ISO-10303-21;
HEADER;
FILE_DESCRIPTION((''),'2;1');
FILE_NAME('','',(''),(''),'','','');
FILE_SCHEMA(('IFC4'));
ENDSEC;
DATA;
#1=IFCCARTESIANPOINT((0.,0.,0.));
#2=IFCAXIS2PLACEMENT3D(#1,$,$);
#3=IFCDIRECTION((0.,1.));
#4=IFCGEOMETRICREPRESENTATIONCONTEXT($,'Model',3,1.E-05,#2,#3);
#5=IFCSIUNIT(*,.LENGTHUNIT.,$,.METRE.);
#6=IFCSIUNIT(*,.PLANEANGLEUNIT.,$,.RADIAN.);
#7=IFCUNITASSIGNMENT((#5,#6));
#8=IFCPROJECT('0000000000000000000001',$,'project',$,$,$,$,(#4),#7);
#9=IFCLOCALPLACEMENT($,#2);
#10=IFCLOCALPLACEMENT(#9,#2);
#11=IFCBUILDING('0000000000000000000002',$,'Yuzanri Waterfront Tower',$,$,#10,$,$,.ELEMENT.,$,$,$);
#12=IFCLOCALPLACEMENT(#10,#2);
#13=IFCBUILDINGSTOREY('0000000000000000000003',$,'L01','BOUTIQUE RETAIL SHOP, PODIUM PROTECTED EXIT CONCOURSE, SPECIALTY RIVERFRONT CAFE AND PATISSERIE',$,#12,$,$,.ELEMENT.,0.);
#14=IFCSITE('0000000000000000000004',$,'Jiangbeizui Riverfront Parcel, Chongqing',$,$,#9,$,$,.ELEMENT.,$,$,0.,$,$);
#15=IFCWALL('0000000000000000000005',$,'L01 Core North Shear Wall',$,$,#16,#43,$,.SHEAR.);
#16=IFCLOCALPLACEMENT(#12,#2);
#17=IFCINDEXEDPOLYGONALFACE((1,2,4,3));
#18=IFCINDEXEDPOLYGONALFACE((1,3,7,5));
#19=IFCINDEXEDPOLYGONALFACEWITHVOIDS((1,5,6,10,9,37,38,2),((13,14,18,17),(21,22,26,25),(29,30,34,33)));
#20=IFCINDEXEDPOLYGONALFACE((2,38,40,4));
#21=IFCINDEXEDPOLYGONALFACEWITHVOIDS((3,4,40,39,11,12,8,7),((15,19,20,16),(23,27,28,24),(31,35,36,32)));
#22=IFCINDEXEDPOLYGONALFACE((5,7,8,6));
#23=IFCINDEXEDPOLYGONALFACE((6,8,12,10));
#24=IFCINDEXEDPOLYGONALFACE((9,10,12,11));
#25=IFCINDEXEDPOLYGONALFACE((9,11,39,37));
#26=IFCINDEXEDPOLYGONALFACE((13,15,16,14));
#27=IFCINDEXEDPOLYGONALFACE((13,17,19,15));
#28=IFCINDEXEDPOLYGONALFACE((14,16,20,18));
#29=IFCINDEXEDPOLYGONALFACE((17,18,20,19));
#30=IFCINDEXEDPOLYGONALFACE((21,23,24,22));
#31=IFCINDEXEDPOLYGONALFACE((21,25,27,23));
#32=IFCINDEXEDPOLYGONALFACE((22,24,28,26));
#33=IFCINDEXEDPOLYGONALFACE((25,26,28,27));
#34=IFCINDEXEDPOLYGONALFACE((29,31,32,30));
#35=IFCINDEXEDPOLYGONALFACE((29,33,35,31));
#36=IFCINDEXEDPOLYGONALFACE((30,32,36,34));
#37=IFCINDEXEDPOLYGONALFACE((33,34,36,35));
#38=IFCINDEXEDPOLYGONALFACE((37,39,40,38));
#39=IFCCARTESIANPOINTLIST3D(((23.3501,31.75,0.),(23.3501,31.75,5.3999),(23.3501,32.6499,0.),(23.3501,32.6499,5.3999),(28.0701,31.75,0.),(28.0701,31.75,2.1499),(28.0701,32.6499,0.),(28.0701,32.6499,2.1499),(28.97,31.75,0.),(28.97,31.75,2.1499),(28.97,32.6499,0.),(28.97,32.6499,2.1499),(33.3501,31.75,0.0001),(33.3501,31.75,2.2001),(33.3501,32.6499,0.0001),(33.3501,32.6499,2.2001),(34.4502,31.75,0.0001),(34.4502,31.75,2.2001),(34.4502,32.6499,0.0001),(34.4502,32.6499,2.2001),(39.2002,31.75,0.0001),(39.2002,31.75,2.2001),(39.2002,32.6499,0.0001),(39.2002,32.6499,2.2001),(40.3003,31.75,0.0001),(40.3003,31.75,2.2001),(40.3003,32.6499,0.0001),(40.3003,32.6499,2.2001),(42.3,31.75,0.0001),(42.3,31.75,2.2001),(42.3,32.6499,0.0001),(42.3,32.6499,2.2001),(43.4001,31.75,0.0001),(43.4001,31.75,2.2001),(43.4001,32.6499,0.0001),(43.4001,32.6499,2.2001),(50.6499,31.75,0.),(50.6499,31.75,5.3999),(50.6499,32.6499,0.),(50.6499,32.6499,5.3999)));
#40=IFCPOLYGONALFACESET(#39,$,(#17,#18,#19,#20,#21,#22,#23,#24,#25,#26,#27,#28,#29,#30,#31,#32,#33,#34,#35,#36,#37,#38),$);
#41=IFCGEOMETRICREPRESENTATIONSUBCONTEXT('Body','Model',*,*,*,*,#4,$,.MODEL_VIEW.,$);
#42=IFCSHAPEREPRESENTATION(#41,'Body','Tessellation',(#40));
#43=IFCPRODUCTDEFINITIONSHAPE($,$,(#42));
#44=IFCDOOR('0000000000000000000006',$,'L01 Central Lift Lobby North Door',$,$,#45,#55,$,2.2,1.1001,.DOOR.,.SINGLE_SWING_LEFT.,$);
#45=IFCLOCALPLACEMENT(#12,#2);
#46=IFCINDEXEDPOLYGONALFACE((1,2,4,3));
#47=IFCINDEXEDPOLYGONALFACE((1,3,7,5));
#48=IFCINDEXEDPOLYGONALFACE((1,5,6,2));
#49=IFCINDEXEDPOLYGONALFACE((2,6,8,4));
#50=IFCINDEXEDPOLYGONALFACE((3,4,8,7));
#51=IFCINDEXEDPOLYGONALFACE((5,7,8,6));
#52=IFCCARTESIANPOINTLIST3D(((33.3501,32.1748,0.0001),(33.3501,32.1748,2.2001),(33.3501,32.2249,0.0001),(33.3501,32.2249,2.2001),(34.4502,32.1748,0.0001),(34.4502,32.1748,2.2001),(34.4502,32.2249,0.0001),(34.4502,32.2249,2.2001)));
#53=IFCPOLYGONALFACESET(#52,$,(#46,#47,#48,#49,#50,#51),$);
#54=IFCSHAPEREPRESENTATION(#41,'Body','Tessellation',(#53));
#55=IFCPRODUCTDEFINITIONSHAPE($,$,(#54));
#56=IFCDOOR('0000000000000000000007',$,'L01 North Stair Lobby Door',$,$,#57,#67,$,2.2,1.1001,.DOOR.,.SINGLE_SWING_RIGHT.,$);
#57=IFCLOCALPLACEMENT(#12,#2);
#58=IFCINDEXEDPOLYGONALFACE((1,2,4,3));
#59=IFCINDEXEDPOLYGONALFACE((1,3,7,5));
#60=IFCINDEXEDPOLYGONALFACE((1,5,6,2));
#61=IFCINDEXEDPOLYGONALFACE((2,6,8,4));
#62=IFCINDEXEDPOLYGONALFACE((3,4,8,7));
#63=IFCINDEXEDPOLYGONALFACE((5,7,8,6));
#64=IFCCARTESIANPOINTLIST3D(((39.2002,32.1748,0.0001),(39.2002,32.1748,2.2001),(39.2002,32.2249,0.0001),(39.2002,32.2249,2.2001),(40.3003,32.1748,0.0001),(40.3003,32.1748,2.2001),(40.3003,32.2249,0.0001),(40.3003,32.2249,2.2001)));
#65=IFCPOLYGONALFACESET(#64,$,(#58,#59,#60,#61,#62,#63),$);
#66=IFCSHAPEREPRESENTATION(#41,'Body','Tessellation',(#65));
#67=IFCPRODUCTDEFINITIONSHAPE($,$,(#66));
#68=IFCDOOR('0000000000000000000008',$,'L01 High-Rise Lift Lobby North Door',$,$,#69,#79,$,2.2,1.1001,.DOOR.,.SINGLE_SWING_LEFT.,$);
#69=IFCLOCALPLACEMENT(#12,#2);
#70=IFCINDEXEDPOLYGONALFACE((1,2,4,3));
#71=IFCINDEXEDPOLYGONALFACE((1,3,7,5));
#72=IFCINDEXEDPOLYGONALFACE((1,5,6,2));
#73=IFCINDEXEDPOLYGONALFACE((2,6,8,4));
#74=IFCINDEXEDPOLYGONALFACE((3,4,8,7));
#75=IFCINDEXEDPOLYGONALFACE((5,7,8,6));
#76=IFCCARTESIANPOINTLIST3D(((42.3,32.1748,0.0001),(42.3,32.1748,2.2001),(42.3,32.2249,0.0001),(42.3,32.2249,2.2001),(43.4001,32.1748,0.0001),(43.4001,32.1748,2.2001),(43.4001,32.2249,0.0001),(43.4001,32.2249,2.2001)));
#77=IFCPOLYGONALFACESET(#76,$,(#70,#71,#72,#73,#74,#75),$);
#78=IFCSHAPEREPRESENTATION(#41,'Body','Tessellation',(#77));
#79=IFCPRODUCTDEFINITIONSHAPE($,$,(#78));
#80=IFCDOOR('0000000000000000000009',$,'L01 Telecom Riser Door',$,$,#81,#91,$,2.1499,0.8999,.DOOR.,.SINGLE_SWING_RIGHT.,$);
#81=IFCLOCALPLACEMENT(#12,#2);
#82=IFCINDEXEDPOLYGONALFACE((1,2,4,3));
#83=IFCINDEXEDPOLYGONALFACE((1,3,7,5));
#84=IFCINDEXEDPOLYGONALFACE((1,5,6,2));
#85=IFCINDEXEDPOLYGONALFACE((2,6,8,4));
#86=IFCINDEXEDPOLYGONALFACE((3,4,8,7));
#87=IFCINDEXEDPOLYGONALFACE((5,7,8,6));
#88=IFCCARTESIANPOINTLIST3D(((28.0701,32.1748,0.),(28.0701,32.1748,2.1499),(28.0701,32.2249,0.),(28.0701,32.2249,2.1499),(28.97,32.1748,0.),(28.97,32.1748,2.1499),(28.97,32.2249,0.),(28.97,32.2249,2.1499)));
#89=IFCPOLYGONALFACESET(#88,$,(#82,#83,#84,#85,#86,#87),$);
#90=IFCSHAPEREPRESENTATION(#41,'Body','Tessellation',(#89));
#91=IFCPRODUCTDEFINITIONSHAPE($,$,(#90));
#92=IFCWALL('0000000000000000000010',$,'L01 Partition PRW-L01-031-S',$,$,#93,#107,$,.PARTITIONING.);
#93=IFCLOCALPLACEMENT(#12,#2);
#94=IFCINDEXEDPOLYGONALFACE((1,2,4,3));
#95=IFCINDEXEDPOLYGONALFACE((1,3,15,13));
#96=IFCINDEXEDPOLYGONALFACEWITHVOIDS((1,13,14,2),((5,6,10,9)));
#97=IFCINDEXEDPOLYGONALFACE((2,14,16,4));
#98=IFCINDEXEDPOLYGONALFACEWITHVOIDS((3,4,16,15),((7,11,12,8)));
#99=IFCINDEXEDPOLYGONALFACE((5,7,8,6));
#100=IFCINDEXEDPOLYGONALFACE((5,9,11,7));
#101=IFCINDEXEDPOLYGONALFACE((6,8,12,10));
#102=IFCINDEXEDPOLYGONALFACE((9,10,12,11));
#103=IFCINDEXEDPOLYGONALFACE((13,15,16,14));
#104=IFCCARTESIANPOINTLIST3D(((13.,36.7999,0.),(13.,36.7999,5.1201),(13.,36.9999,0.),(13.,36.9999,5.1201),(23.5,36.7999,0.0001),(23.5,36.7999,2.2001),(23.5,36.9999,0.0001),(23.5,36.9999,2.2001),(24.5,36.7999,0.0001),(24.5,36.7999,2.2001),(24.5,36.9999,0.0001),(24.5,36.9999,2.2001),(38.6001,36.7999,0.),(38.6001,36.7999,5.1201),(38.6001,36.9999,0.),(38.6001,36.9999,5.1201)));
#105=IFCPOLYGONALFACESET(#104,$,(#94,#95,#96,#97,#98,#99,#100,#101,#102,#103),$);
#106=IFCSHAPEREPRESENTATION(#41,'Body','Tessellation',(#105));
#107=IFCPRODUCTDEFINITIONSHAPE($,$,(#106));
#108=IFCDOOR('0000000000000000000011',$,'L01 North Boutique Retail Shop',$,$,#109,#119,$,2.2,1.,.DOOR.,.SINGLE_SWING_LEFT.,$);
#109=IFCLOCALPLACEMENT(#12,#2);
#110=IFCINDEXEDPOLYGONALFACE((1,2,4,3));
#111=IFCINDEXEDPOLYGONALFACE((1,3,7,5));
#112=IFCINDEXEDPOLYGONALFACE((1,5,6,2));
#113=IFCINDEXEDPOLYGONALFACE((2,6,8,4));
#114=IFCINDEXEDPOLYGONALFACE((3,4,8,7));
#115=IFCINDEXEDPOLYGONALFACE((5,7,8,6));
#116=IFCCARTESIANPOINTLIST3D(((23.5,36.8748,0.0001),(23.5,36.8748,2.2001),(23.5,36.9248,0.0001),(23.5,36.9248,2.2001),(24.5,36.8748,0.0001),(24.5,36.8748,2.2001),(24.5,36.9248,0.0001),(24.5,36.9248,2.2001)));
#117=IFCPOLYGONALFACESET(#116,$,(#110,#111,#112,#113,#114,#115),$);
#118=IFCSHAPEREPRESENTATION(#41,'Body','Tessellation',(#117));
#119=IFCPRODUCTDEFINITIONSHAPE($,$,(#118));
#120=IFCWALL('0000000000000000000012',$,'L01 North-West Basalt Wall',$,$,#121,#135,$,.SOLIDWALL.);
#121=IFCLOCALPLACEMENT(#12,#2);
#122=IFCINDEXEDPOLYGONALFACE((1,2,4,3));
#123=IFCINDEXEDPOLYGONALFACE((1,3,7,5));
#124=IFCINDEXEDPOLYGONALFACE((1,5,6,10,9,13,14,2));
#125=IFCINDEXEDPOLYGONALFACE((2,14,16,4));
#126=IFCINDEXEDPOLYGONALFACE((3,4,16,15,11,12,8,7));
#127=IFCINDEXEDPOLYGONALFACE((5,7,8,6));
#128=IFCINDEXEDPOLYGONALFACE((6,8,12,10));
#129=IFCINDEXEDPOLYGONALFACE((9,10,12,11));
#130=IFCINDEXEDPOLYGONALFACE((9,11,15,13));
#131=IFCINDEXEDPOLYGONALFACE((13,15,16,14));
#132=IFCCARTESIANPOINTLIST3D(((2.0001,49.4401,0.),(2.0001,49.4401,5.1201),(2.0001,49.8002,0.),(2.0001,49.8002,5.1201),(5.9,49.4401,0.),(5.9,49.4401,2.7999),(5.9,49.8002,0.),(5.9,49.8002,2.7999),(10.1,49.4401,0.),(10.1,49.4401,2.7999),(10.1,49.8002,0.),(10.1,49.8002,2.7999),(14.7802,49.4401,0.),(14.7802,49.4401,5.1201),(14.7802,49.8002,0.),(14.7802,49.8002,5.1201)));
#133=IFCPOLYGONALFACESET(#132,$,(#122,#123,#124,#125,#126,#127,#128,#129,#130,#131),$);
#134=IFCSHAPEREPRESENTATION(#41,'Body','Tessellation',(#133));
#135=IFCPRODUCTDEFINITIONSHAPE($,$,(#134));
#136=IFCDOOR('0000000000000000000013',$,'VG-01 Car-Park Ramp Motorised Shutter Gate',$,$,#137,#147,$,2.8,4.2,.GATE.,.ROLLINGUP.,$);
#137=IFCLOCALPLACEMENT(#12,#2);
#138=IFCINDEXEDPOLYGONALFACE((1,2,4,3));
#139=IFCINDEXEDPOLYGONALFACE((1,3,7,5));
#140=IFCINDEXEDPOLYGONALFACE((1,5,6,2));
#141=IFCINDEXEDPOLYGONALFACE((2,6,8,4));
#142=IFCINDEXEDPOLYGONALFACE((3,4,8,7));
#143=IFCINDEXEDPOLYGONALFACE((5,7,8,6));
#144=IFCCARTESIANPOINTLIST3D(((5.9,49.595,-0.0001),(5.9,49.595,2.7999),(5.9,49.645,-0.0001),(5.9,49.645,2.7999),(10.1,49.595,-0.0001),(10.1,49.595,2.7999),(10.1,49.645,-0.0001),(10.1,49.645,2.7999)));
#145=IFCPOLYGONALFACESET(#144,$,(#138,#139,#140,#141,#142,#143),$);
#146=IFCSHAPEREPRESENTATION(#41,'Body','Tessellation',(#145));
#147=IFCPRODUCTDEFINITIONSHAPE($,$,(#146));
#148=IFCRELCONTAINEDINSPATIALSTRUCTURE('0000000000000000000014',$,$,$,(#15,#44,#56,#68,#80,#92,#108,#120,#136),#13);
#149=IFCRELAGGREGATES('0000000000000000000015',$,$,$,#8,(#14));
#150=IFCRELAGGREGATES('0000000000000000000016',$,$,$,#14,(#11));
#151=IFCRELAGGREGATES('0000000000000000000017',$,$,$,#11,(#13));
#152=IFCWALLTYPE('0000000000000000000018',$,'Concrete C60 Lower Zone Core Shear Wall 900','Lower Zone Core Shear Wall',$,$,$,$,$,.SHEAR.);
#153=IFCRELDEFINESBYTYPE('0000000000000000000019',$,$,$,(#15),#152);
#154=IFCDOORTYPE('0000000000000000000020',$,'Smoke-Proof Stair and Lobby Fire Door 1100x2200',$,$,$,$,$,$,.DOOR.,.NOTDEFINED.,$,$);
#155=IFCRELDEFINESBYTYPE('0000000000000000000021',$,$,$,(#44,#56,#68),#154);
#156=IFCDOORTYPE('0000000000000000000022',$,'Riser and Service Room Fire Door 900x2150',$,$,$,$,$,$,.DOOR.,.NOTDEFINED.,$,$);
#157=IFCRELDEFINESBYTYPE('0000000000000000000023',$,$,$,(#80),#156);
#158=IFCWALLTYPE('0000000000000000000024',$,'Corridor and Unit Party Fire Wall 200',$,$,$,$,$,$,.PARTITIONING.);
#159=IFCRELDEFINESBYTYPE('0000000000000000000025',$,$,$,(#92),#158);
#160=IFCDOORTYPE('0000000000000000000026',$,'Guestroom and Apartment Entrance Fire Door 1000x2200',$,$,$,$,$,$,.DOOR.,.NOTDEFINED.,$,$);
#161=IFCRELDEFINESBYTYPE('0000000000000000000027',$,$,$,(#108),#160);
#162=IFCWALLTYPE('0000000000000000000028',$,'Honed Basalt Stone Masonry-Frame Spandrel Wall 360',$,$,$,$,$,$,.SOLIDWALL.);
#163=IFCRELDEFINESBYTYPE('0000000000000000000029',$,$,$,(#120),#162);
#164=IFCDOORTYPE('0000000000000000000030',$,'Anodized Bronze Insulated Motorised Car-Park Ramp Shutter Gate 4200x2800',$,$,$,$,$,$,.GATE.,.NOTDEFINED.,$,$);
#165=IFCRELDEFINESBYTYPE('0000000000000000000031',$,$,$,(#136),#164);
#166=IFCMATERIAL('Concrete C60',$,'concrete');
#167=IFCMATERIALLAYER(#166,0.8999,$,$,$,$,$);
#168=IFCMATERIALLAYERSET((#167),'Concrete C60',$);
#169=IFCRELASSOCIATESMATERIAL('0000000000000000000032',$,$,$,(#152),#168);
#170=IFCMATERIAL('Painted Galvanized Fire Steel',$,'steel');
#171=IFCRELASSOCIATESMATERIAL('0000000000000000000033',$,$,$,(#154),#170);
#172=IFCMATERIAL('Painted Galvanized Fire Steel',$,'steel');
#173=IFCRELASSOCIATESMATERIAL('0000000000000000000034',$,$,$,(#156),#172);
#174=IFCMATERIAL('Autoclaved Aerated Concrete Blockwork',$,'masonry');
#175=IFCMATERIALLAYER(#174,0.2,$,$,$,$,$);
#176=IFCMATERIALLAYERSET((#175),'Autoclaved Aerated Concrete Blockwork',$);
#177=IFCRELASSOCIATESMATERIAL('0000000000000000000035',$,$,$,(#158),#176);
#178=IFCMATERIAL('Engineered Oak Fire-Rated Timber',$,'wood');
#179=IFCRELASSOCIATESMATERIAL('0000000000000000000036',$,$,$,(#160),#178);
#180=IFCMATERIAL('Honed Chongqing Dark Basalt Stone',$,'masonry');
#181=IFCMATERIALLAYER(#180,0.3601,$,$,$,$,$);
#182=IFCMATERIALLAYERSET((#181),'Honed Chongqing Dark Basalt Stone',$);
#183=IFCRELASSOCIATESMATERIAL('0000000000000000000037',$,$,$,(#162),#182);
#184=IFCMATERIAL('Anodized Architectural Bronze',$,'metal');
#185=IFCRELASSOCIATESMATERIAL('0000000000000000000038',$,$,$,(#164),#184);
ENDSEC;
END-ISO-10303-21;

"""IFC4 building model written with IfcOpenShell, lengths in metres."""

from ifc_helpers import new_model, si_unit, direction, frame, frame_2d, origin, place, context, subcontext, project, spatial, rectangle, extrude, source, transform, mapped, material, layer, layer_set, type_object, element, fill, save


model = new_model("IFC4")

# Units and contexts
model_context = context("Model", 3, precision=1e-05, world=origin(), true_north=direction((0.0, 1.0)))
body_context = subcontext(model_context, "Body", "Model", "MODEL_VIEW")
ifc_project = project(units=[si_unit("LENGTHUNIT", "METRE"), si_unit("PLANEANGLEUNIT", "RADIAN")], contexts=[model_context])

# Site, building, storey
site_placement = place(None, origin())
site = spatial("IfcSite", under=ifc_project, at=site_placement, Name="Jiangbeizui Riverfront Parcel, Chongqing", CompositionType="ELEMENT", RefElevation=0.0)
building_placement = place(site_placement, origin())
building = spatial("IfcBuilding", under=site, at=building_placement, Name="Yuzanri Waterfront Tower", CompositionType="ELEMENT")
storey_placement = place(building_placement, origin())
storey = spatial("IfcBuildingStorey", under=building, at=storey_placement, Name="L01", Description="BOUTIQUE RETAIL SHOP, PODIUM PROTECTED EXIT CONCOURSE, SPECIALTY RIVERFRONT CAFE AND PATISSERIE", CompositionType="ELEMENT", Elevation=0.0)

# Wall, openings, doors
ifc_material_1 = material(Name="Concrete C60", Category="concrete")
ifc_layer_1 = layer(ifc_material_1, 0.8999)
ifc_layer_set_1 = layer_set([ifc_layer_1], Name="Concrete C60")
wall_type_1 = type_object("IfcWallType", Name="Concrete C60 Lower Zone Core Shear Wall 900", Description="Lower Zone Core Shear Wall", PredefinedType="SHEAR", material=ifc_layer_set_1)
wall_1_placement = place(storey_placement, frame((23.3501, 32.2, 0.0), z_axis=(0.0, 0.0, 1.0), x_axis=(1.0, 0.0, 0.0)))
wall_1 = element("IfcWall", 1, at=wall_1_placement, inside=storey, type_object=wall_type_1, Name="L01 Core North Shear Wall", PredefinedType="SHEAR", context=body_context, shape_type="SweptSolid", body=[
    extrude(rectangle(XDim=27.2998, YDim=0.8999, at=frame_2d((13.6499, 0.0))), origin(), (0.0, 0.0, 1.0), 5.3999),
])
opening_1_placement = place(wall_1_placement, frame((4.72, 0.0, 0.0)))
opening_1 = element("IfcOpeningElement", 2, at=opening_1_placement, cuts=wall_1, PredefinedType="OPENING", context=body_context, shape_type="SweptSolid", body=[
    extrude(rectangle(XDim=0.8999, YDim=2.1499, at=frame_2d((0.45, 1.075))), frame((0.0, 0.4648, 0.0), z_axis=(0.0, -1.0, 0.0), x_axis=(1.0, 0.0, 0.0)), (0.0, 0.0, 1.0), 0.9297),
])
opening_2_placement = place(wall_1_placement, frame((10.0, 0.0, 0.0)))
opening_2 = element("IfcOpeningElement", 3, at=opening_2_placement, cuts=wall_1, PredefinedType="OPENING", context=body_context, shape_type="SweptSolid", body=[
    extrude(rectangle(XDim=1.1001, YDim=2.2, at=frame_2d((0.55, 1.1001))), frame((0.0, 0.4648, 0.0), z_axis=(0.0, -1.0, 0.0), x_axis=(1.0, 0.0, 0.0)), (0.0, 0.0, 1.0), 0.9297),
])
opening_3_placement = place(wall_1_placement, frame((15.8501, 0.0, 0.0)))
opening_3 = element("IfcOpeningElement", 4, at=opening_3_placement, cuts=wall_1, PredefinedType="OPENING", context=body_context, shape_type="SweptSolid", body=[
    extrude(rectangle(XDim=1.1001, YDim=2.2, at=frame_2d((0.55, 1.1001))), frame((0.0, 0.4648, 0.0), z_axis=(0.0, -1.0, 0.0), x_axis=(1.0, 0.0, 0.0)), (0.0, 0.0, 1.0), 0.9297),
])
opening_4_placement = place(wall_1_placement, frame((18.95, 0.0, 0.0)))
opening_4 = element("IfcOpeningElement", 5, at=opening_4_placement, cuts=wall_1, PredefinedType="OPENING", context=body_context, shape_type="SweptSolid", body=[
    extrude(rectangle(XDim=1.1001, YDim=2.2, at=frame_2d((0.55, 1.1001))), frame((0.0, 0.4648, 0.0), z_axis=(0.0, -1.0, 0.0), x_axis=(1.0, 0.0, 0.0)), (0.0, 0.0, 1.0), 0.9297),
])
ifc_material_2 = material(Name="Painted Galvanized Fire Steel", Category="steel")
door_type_1 = type_object("IfcDoorType", Name="Smoke-Proof Stair and Lobby Fire Door 1100x2200", OperationType="NOTDEFINED", PredefinedType="DOOR", material=ifc_material_2)
shared_shape_1 = source(origin(), body_context, "Body", "SweptSolid", [
    extrude(rectangle(XDim=1.1001, YDim=2.2, at=frame_2d((0.55, 1.1001))), frame((0.0, 0.0249, 0.0), z_axis=(0.0, -1.0, 0.0), x_axis=(1.0, 0.0, 0.0)), (0.0, 0.0, 1.0), 0.05),
])
door_1_placement = place(opening_2_placement, origin())
door_1 = element("IfcDoor", 6, at=door_1_placement, inside=storey, type_object=door_type_1, Name="L01 Central Lift Lobby North Door", OperationType="SINGLE_SWING_LEFT", OverallHeight=2.2, OverallWidth=1.1001, PredefinedType="DOOR", context=body_context, shape_type="MappedRepresentation", body=[
    mapped(shared_shape_1, transform((0.0, 0.0, 0.0), scale=1.0)),
])
fill(opening_2, door_1)
door_2_placement = place(opening_3_placement, origin())
door_2 = element("IfcDoor", 7, at=door_2_placement, inside=storey, type_object=door_type_1, Name="L01 North Stair Lobby Door", OperationType="SINGLE_SWING_RIGHT", OverallHeight=2.2, OverallWidth=1.1001, PredefinedType="DOOR", context=body_context, shape_type="MappedRepresentation", body=[
    mapped(shared_shape_1, transform((0.0, 0.0, 0.0), scale=1.0)),
])
fill(opening_3, door_2)
door_3_placement = place(opening_4_placement, origin())
door_3 = element("IfcDoor", 8, at=door_3_placement, inside=storey, type_object=door_type_1, Name="L01 High-Rise Lift Lobby North Door", OperationType="SINGLE_SWING_LEFT", OverallHeight=2.2, OverallWidth=1.1001, PredefinedType="DOOR", context=body_context, shape_type="MappedRepresentation", body=[
    mapped(shared_shape_1, transform((0.0, 0.0, 0.0), scale=1.0)),
])
fill(opening_4, door_3)
ifc_material_3 = material(Name="Painted Galvanized Fire Steel", Category="steel")
door_type_2 = type_object("IfcDoorType", Name="Riser and Service Room Fire Door 900x2150", OperationType="NOTDEFINED", PredefinedType="DOOR", material=ifc_material_3)
shared_shape_2 = source(origin(), body_context, "Body", "SweptSolid", [
    extrude(rectangle(XDim=0.8999, YDim=2.1499, at=frame_2d((0.45, 1.075))), frame((0.0, 0.0249, 0.0), z_axis=(0.0, -1.0, 0.0), x_axis=(1.0, 0.0, 0.0)), (0.0, 0.0, 1.0), 0.05),
])
door_4_placement = place(opening_1_placement, origin())
door_4 = element("IfcDoor", 9, at=door_4_placement, inside=storey, type_object=door_type_2, Name="L01 Telecom Riser Door", OperationType="SINGLE_SWING_RIGHT", OverallHeight=2.1499, OverallWidth=0.8999, PredefinedType="DOOR", context=body_context, shape_type="MappedRepresentation", body=[
    mapped(shared_shape_2, transform((0.0, 0.0, 0.0), scale=1.0)),
])
fill(opening_1, door_4)

# Walls, openings, doors
ifc_material_4 = material(Name="Autoclaved Aerated Concrete Blockwork", Category="masonry")
ifc_layer_2 = layer(ifc_material_4, 0.2)
ifc_layer_set_2 = layer_set([ifc_layer_2], Name="Autoclaved Aerated Concrete Blockwork")
wall_type_2 = type_object("IfcWallType", Name="Corridor and Unit Party Fire Wall 200", PredefinedType="PARTITIONING", material=ifc_layer_set_2)
wall_2_placement = place(storey_placement, frame((13.0, 36.8999, 0.0), z_axis=(0.0, 0.0, 1.0), x_axis=(1.0, 0.0, 0.0)))
wall_2 = element("IfcWall", 10, at=wall_2_placement, inside=storey, type_object=wall_type_2, Name="L01 Partition PRW-L01-031-S", PredefinedType="PARTITIONING", context=body_context, shape_type="SweptSolid", body=[
    extrude(rectangle(XDim=25.6001, YDim=0.2, at=frame_2d((12.8, 0.0))), origin(), (0.0, 0.0, 1.0), 5.1201),
])
opening_5_placement = place(wall_2_placement, frame((10.5, 0.0, 0.0)))
opening_5 = element("IfcOpeningElement", 11, at=opening_5_placement, cuts=wall_2, PredefinedType="OPENING", context=body_context, shape_type="SweptSolid", body=[
    extrude(rectangle(XDim=1.0, YDim=2.2, at=frame_2d((0.5, 1.1001))), frame((0.0, 0.1147, 0.0), z_axis=(0.0, -1.0, 0.0), x_axis=(1.0, 0.0, 0.0)), (0.0, 0.0, 1.0), 0.2297),
])
ifc_material_5 = material(Name="Engineered Oak Fire-Rated Timber", Category="wood")
door_type_3 = type_object("IfcDoorType", Name="Guestroom and Apartment Entrance Fire Door 1000x2200", OperationType="NOTDEFINED", PredefinedType="DOOR", material=ifc_material_5)
shared_shape_3 = source(origin(), body_context, "Body", "SweptSolid", [
    extrude(rectangle(XDim=1.0, YDim=2.2, at=frame_2d((0.5, 1.1001))), frame((0.0, 0.0249, 0.0), z_axis=(0.0, -1.0, 0.0), x_axis=(1.0, 0.0, 0.0)), (0.0, 0.0, 1.0), 0.05),
])
door_5_placement = place(opening_5_placement, origin())
door_5 = element("IfcDoor", 12, at=door_5_placement, inside=storey, type_object=door_type_3, Name="L01 North Boutique Retail Shop", OperationType="SINGLE_SWING_LEFT", OverallHeight=2.2, OverallWidth=1.0, PredefinedType="DOOR", context=body_context, shape_type="MappedRepresentation", body=[
    mapped(shared_shape_3, transform((0.0, 0.0, 0.0), scale=1.0)),
])
fill(opening_5, door_5)
ifc_material_6 = material(Name="Honed Chongqing Dark Basalt Stone", Category="masonry")
ifc_layer_3 = layer(ifc_material_6, 0.3601)
ifc_layer_set_3 = layer_set([ifc_layer_3], Name="Honed Chongqing Dark Basalt Stone")
wall_type_3 = type_object("IfcWallType", Name="Honed Basalt Stone Masonry-Frame Spandrel Wall 360", PredefinedType="SOLIDWALL", material=ifc_layer_set_3)
wall_3_placement = place(storey_placement, frame((2.0, 49.6201, 0.0), z_axis=(0.0, 0.0, 1.0), x_axis=(1.0, 0.0, 0.0)))
wall_3 = element("IfcWall", 13, at=wall_3_placement, inside=storey, type_object=wall_type_3, Name="L01 North-West Basalt Wall", PredefinedType="SOLIDWALL", context=body_context, shape_type="SweptSolid", body=[
    extrude(rectangle(XDim=12.78, YDim=0.3601, at=frame_2d((6.3901, 0.0))), origin(), (0.0, 0.0, 1.0), 5.1201),
])
opening_6_placement = place(wall_3_placement, frame((3.8999, 0.0, 0.0)))
opening_6 = element("IfcOpeningElement", 14, at=opening_6_placement, cuts=wall_3, PredefinedType="OPENING", context=body_context, shape_type="SweptSolid", body=[
    extrude(rectangle(XDim=4.2, YDim=2.8, at=frame_2d((2.1001, 1.3999))), frame((0.0, 0.1948, 0.0), z_axis=(0.0, -1.0, 0.0), x_axis=(1.0, 0.0, 0.0)), (0.0, 0.0, 1.0), 0.3899),
])
ifc_material_7 = material(Name="Anodized Architectural Bronze", Category="metal")
door_type_4 = type_object("IfcDoorType", Name="Anodized Bronze Insulated Motorised Car-Park Ramp Shutter Gate 4200x2800", OperationType="NOTDEFINED", PredefinedType="GATE", material=ifc_material_7)
shared_shape_4 = source(origin(), body_context, "Body", "SweptSolid", [
    extrude(rectangle(XDim=4.2, YDim=2.8, at=frame_2d((2.1001, 1.3999))), frame((0.0, 0.0249, 0.0), z_axis=(0.0, -1.0, 0.0), x_axis=(1.0, 0.0, 0.0)), (0.0, 0.0, 1.0), 0.05),
])
door_6_placement = place(opening_6_placement, origin())
door_6 = element("IfcDoor", 15, at=door_6_placement, inside=storey, type_object=door_type_4, Name="VG-01 Car-Park Ramp Motorised Shutter Gate", OperationType="ROLLINGUP", OverallHeight=2.8, OverallWidth=4.2, PredefinedType="GATE", context=body_context, shape_type="MappedRepresentation", body=[
    mapped(shared_shape_4, transform((0.0, 0.0, 0.0), scale=1.0)),
])
fill(opening_6, door_6)

save(model, "model.ifc")
